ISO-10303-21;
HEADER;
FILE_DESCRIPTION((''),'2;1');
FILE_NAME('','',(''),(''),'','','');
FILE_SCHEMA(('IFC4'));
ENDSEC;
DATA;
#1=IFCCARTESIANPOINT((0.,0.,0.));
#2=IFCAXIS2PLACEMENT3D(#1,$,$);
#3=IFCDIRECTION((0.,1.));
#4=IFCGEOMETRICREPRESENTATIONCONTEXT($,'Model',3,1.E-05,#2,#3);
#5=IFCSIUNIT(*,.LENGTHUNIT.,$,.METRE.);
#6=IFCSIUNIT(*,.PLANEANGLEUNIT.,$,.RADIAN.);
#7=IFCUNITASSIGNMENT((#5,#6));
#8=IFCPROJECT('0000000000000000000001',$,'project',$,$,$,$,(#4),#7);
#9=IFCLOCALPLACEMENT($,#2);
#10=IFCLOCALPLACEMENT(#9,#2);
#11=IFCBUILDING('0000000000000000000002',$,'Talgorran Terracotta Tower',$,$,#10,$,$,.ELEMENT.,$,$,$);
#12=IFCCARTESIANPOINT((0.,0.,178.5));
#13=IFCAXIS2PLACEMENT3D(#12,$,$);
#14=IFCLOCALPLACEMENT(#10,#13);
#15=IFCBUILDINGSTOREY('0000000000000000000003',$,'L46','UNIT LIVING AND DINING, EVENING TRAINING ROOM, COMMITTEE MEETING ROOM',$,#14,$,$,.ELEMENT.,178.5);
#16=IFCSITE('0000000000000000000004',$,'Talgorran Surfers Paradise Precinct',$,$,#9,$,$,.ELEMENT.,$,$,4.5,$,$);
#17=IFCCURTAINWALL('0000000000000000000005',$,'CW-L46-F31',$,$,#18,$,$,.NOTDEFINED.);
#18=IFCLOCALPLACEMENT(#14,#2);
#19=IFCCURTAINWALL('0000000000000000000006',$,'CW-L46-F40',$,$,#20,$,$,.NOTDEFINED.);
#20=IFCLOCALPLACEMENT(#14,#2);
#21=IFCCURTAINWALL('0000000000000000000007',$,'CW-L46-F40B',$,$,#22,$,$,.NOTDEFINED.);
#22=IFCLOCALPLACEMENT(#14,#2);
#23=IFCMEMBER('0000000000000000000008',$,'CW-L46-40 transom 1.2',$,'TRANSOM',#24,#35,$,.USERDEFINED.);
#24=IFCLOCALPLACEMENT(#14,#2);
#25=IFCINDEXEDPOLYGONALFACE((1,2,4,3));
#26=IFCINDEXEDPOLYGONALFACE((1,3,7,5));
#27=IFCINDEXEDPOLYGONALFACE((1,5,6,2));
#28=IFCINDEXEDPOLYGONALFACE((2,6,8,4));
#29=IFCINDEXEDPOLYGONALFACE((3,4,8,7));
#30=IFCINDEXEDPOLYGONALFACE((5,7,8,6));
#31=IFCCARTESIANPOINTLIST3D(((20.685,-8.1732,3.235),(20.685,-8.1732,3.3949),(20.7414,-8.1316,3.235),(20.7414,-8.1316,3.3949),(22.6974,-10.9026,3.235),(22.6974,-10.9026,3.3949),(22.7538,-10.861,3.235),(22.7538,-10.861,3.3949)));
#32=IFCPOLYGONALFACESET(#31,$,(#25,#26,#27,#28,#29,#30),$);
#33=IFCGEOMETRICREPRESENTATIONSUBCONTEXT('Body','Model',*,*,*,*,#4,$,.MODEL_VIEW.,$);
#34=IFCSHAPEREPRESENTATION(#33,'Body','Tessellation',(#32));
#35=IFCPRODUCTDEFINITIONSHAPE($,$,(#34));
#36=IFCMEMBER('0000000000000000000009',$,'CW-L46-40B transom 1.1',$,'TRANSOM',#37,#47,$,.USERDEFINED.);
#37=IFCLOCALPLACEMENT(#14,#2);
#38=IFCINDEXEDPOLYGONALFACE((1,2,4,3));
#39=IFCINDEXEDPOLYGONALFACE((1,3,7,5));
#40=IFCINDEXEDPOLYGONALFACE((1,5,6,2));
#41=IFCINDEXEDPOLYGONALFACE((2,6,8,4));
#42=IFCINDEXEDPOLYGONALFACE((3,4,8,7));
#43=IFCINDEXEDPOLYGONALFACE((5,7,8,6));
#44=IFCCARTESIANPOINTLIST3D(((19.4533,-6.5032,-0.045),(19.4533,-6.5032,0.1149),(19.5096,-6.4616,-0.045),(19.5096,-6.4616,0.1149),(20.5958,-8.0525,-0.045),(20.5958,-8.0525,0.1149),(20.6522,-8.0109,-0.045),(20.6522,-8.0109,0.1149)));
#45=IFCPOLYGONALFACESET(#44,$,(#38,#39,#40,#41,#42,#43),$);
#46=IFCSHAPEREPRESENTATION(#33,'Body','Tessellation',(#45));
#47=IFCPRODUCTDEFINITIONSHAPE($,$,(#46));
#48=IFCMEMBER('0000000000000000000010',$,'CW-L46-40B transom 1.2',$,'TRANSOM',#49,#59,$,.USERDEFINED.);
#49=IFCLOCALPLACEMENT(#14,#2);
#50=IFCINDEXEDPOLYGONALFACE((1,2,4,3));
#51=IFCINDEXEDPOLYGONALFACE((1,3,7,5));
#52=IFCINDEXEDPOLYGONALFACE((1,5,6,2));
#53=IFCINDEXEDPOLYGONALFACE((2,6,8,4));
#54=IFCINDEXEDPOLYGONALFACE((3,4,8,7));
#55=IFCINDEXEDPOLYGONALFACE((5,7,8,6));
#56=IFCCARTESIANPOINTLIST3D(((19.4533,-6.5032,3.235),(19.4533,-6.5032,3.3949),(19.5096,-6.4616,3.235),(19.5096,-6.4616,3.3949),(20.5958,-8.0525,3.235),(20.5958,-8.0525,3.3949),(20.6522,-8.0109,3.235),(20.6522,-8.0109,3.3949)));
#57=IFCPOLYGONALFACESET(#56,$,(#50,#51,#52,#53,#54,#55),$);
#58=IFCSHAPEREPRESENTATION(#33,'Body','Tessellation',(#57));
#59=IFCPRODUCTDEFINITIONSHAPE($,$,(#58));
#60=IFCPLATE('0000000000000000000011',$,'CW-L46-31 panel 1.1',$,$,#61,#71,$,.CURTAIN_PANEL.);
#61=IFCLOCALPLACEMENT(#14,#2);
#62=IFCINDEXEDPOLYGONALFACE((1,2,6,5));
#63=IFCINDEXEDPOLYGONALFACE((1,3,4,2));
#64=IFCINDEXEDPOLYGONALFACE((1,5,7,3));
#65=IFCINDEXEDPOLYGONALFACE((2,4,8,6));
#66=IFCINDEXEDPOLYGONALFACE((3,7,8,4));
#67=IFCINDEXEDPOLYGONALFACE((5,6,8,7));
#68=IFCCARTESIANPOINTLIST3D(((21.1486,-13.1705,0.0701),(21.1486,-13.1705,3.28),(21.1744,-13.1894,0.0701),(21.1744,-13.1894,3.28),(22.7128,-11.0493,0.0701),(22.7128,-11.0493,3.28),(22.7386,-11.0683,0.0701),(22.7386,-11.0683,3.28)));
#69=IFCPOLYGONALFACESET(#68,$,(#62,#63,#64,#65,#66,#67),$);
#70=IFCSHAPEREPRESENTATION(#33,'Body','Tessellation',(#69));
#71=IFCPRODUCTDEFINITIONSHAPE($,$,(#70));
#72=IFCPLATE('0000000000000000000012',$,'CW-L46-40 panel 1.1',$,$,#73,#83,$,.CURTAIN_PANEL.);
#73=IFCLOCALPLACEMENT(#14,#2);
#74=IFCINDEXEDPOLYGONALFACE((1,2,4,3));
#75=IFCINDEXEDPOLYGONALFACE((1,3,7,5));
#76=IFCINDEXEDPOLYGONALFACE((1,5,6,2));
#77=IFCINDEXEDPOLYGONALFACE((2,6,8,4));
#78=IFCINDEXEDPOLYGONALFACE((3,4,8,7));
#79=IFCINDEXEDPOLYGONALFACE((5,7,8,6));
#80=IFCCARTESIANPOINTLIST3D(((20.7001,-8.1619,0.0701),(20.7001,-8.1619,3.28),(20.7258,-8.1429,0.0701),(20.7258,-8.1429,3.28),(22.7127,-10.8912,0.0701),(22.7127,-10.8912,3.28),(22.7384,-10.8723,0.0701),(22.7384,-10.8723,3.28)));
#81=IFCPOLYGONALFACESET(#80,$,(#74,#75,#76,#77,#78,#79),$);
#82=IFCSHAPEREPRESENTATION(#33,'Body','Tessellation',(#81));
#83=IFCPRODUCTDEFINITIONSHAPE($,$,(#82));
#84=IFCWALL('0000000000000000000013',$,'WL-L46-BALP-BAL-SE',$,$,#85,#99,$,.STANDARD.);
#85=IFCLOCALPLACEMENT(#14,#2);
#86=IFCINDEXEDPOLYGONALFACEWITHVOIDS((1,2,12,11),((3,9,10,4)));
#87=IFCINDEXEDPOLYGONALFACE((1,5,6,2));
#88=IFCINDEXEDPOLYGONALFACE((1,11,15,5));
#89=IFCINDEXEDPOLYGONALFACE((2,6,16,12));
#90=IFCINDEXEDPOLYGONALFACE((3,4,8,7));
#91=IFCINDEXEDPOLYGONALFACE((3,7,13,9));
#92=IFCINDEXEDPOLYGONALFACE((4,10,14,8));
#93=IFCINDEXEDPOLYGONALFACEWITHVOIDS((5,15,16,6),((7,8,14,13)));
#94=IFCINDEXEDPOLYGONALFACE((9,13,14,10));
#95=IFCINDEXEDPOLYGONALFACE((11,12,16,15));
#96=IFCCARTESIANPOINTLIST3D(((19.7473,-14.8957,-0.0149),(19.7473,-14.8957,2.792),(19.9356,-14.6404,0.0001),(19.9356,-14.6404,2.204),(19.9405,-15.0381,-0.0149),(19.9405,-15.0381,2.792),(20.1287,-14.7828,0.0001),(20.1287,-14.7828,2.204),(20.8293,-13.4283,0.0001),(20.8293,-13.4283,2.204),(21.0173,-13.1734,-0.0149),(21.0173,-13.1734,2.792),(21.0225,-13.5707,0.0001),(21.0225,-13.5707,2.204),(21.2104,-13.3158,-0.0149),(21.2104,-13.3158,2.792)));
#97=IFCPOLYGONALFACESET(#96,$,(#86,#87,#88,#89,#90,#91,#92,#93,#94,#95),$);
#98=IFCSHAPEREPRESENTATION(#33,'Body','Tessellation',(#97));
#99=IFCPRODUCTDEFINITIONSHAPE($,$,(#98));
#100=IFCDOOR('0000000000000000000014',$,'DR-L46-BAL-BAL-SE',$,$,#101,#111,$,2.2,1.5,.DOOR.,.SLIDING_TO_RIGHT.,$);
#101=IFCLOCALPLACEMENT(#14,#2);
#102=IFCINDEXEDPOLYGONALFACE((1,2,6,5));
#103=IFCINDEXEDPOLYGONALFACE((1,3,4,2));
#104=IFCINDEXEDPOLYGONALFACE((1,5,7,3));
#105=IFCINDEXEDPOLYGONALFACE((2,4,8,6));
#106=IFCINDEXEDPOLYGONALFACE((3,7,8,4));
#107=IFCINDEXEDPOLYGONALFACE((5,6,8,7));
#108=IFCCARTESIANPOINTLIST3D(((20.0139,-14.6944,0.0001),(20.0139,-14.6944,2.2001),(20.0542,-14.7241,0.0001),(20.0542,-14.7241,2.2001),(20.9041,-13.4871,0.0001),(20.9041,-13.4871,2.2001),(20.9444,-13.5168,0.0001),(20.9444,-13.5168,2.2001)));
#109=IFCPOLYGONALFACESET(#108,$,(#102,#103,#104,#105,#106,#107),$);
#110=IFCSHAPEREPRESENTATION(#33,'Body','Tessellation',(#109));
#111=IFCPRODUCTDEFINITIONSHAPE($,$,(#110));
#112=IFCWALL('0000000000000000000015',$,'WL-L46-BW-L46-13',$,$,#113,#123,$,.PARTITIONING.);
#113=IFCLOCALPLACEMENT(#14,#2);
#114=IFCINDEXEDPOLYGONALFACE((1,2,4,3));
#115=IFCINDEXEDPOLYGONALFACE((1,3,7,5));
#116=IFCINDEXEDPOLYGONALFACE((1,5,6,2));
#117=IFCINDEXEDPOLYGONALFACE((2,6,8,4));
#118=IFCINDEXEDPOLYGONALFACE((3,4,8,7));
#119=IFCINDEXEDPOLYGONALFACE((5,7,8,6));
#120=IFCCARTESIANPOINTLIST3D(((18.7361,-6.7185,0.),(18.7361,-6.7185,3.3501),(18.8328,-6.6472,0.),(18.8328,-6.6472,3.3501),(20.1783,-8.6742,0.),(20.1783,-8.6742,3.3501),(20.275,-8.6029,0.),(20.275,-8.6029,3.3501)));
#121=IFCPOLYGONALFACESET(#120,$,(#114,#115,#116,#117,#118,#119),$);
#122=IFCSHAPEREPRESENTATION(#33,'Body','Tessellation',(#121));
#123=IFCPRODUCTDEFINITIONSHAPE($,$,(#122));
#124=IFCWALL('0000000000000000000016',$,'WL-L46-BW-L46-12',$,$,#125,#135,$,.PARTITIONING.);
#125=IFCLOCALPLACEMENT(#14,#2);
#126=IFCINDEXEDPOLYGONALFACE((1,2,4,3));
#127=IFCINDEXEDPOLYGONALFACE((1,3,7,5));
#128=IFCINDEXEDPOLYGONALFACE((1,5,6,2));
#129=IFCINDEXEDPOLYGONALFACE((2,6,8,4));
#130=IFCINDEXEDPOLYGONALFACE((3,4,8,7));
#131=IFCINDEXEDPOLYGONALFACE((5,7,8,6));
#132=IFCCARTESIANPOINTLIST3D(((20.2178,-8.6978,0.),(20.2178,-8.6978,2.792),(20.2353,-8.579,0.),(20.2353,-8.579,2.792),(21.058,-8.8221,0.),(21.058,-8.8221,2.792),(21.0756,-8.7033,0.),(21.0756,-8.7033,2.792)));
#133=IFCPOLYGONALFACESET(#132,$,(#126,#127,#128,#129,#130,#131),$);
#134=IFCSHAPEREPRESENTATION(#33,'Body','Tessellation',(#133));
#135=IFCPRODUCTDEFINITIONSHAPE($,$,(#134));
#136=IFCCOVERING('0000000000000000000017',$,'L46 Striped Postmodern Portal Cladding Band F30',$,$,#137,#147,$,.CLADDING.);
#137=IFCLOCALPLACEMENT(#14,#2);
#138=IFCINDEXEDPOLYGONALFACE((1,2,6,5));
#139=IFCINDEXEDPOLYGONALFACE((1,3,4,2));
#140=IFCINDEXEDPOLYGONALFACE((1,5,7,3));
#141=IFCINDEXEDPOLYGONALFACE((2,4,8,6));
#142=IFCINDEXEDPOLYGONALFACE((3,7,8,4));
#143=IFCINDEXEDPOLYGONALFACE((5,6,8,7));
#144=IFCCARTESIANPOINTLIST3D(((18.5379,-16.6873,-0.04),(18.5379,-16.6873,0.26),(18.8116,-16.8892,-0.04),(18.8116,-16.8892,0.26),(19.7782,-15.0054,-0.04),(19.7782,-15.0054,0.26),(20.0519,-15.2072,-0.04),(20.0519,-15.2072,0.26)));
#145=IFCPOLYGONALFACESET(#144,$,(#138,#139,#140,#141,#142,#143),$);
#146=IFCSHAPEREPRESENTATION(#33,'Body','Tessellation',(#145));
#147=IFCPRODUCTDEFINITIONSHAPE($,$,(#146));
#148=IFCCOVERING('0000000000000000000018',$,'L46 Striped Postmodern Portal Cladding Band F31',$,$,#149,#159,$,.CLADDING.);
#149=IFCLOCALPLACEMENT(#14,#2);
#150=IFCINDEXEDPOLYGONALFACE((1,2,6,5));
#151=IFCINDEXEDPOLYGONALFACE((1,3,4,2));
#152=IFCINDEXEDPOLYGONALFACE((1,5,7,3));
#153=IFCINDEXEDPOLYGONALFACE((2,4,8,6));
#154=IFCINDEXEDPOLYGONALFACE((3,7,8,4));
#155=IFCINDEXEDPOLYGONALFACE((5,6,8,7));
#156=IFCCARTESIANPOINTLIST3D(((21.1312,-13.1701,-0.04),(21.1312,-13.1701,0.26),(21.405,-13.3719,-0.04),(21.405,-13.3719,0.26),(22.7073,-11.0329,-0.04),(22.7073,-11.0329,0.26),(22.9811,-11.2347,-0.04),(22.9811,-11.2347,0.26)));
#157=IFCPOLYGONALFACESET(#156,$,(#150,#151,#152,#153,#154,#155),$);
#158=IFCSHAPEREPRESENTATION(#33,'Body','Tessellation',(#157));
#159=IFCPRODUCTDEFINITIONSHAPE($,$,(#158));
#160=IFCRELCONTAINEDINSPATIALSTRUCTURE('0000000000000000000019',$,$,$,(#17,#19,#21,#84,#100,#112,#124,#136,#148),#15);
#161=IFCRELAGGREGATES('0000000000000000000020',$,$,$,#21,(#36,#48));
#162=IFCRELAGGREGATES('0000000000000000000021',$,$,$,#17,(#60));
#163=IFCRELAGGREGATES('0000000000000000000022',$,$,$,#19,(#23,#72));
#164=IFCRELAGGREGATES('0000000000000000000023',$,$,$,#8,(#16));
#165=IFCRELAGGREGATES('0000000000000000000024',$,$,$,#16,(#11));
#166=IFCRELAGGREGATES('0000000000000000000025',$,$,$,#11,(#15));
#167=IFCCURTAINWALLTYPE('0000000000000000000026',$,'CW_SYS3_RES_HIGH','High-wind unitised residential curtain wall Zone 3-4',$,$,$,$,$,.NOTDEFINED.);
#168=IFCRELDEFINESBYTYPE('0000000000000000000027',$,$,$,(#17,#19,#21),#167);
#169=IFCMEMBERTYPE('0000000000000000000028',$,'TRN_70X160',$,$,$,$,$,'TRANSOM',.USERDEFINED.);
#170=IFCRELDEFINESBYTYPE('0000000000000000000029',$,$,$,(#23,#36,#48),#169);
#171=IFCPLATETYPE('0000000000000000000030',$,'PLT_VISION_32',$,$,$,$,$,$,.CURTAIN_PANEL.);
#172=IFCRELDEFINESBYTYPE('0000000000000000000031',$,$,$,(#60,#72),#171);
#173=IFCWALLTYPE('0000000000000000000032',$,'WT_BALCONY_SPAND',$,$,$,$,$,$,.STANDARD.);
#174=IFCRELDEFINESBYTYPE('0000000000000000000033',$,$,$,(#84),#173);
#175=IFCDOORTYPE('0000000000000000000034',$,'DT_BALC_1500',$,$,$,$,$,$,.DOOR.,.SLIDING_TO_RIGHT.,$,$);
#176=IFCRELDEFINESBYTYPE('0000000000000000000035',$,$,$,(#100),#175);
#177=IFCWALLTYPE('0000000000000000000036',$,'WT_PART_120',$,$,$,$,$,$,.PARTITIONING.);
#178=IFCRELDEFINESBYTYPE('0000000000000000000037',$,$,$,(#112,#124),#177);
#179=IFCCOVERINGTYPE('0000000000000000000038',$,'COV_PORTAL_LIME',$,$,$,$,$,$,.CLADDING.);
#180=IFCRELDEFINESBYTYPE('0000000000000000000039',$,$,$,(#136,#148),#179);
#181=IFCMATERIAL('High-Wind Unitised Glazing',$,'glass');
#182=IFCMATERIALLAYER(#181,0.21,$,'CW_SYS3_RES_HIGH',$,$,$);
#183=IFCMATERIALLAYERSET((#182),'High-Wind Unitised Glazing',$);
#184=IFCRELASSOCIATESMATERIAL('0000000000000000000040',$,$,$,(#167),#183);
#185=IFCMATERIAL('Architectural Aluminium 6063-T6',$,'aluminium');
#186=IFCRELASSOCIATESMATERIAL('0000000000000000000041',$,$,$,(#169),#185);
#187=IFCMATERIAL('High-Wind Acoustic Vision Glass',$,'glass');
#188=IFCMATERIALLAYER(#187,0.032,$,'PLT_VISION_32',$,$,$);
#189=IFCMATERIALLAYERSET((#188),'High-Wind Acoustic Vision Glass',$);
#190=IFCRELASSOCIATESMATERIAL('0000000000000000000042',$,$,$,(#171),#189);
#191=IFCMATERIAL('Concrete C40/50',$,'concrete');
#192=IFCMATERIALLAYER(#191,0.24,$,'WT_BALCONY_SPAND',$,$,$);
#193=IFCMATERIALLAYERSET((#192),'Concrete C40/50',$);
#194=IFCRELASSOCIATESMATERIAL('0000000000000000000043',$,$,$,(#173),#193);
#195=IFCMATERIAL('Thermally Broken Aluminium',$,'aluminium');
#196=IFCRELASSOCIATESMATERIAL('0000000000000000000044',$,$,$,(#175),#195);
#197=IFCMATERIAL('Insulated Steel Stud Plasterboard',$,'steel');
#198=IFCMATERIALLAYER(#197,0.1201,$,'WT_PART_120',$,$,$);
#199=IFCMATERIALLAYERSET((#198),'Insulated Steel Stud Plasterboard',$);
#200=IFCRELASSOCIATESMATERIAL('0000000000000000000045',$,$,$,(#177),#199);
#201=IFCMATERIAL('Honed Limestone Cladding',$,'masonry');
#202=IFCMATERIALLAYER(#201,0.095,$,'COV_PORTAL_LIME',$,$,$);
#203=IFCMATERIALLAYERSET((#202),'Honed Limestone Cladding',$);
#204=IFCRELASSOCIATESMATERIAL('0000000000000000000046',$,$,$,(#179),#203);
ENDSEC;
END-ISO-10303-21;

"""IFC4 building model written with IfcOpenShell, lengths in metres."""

from ifc_helpers import new_model, si_unit, direction, frame, frame_2d, origin, origin_2d, place, context, subcontext, project, spatial, rectangle, extrude, source, transform, mapped, material, layer, layer_set, material_profile, profile_set, type_object, type_shapes, element, fill, aggregate, save


model = new_model("IFC4")

# Units and contexts
model_context = context("Model", 3, precision=1e-05, world=origin(), true_north=direction((0.0, 1.0)))
body_context = subcontext(model_context, "Body", "Model", "MODEL_VIEW")
ifc_project = project(units=[si_unit("LENGTHUNIT", "METRE"), si_unit("PLANEANGLEUNIT", "RADIAN")], contexts=[model_context])

# Site, building, storey
site_placement = place(None, origin())
site = spatial("IfcSite", under=ifc_project, at=site_placement, Name="Talgorran Surfers Paradise Precinct", CompositionType="ELEMENT", RefElevation=4.5)
building_placement = place(site_placement, origin())
building = spatial("IfcBuilding", under=site, at=building_placement, Name="Talgorran Terracotta Tower", CompositionType="ELEMENT")
storey_placement = place(building_placement, frame((0.0, 0.0, 178.5)))
storey = spatial("IfcBuildingStorey", under=building, at=storey_placement, Name="L46", Description="UNIT LIVING AND DINING, EVENING TRAINING ROOM, COMMITTEE MEETING ROOM", CompositionType="ELEMENT", Elevation=178.5)

# Shared definitions
ifc_material_1 = material(Name="High-Wind Unitised Glazing", Category="glass")
ifc_layer_1 = layer(ifc_material_1, 0.21, Name="CW_SYS3_RES_HIGH")
ifc_layer_set_1 = layer_set([ifc_layer_1], Name="High-Wind Unitised Glazing")
curtain_wall_type = type_object("IfcCurtainWallType", Name="CW_SYS3_RES_HIGH", Description="High-wind unitised residential curtain wall Zone 3-4", PredefinedType="NOTDEFINED", material=ifc_layer_set_1)
ifc_material_2 = material(Name="Architectural Aluminium 6063-T6", Category="aluminium")

# Curtain walls
curtain_wall_1_placement = place(storey_placement, origin())
curtain_wall_1 = element("IfcCurtainWall", 1, at=curtain_wall_1_placement, inside=storey, type_object=curtain_wall_type, Name="CW-L46-F31", PredefinedType="NOTDEFINED")
curtain_wall_2_placement = place(storey_placement, origin())
curtain_wall_2 = element("IfcCurtainWall", 2, at=curtain_wall_2_placement, inside=storey, type_object=curtain_wall_type, Name="CW-L46-F40", PredefinedType="NOTDEFINED")

# Curtain wall
curtain_wall_3_placement = place(storey_placement, origin())
curtain_wall_3 = element("IfcCurtainWall", 3, at=curtain_wall_3_placement, inside=storey, type_object=curtain_wall_type, Name="CW-L46-F40B", PredefinedType="NOTDEFINED")

# Members
ifc_material_profile_1 = material_profile(ifc_material_2, rectangle(XDim=0.0701, YDim=0.1599, at=origin_2d()), Name="CWT70X160")
ifc_profile_set_1 = profile_set([ifc_material_profile_1], Name="Architectural Aluminium 6063-T6")
member_type_1 = type_object("IfcMemberType", Name="TRN_70X160", ElementType="TRANSOM", PredefinedType="USERDEFINED", material=ifc_profile_set_1)
member_1_placement = place(storey_placement, frame((22.7256, -10.8818, 3.3149), z_axis=(-0.593437, 0.80488, 0.0), x_axis=(-0.80488, -0.593437, 0.0)))
member_1 = element("IfcMember", 4, at=member_1_placement, type_object=member_type_1, Name="CW-L46-40 transom 1.2", ObjectType="TRANSOM", PredefinedType="USERDEFINED", context=body_context, shape_type="SweptSolid", body=[
    extrude(rectangle(XDim=0.0701, YDim=0.1599, at=origin_2d()), origin(), (0.0, 0.0, 1.0), 3.3911),
])
member_2_placement = place(storey_placement, frame((20.624, -8.0317, 0.0349), z_axis=(-0.593528, 0.804814, 0.0), x_axis=(-0.804814, -0.593528, 0.0)))
member_2 = element("IfcMember", 5, at=member_2_placement, type_object=member_type_1, Name="CW-L46-40B transom 1.1", ObjectType="TRANSOM", PredefinedType="USERDEFINED", context=body_context, shape_type="SweptSolid", body=[
    extrude(rectangle(XDim=0.0701, YDim=0.1599, at=origin_2d()), origin(), (0.0, 0.0, 1.0), 1.925),
])
member_3_placement = place(storey_placement, frame((20.624, -8.0317, 3.3149), z_axis=(-0.593528, 0.804814, 0.0), x_axis=(-0.804814, -0.593528, 0.0)))
member_3 = element("IfcMember", 6, at=member_3_placement, type_object=member_type_1, Name="CW-L46-40B transom 1.2", ObjectType="TRANSOM", PredefinedType="USERDEFINED", context=body_context, shape_type="SweptSolid", body=[
    extrude(rectangle(XDim=0.0701, YDim=0.1599, at=origin_2d()), origin(), (0.0, 0.0, 1.0), 1.925),
])
aggregate(curtain_wall_3, [member_2, member_3])

# Plates
ifc_material_3 = material(Name="High-Wind Acoustic Vision Glass", Category="glass")
ifc_layer_2 = layer(ifc_material_3, 0.032, Name="PLT_VISION_32")
ifc_layer_set_2 = layer_set([ifc_layer_2], Name="High-Wind Acoustic Vision Glass")
plate_type = type_object("IfcPlateType", Name="PLT_VISION_32", PredefinedType="CURTAIN_PANEL", material=ifc_layer_set_2)
shared_shape_1 = source(origin(), body_context, "Body", "SweptSolid", [
    extrude(rectangle(XDim=2.6355, YDim=0.032, at=origin_2d()), origin(), (0.0, 0.0, 1.0), 3.21),
])
plate_1_placement = place(storey_placement, frame((21.9436, -12.1194, 0.0701), z_axis=(0.0, 0.0, 1.0), x_axis=(0.593512, 0.804825, 0.0)))
plate_1 = element("IfcPlate", 7, at=plate_1_placement, type_object=plate_type, Name="CW-L46-31 panel 1.1", PredefinedType="CURTAIN_PANEL", context=body_context, shape_type="MappedRepresentation", body=[
    mapped(shared_shape_1, transform((0.0, 0.0, 0.0), scale=1.0)),
])
aggregate(curtain_wall_1, [plate_1])
shared_shape_2 = source(origin(), body_context, "Body", "SweptSolid", [
    extrude(rectangle(XDim=3.3911, YDim=0.032, at=origin_2d()), origin(), (0.0, 0.0, 1.0), 3.21),
])
type_shapes(plate_type, [shared_shape_1, shared_shape_2])
plate_2_placement = place(storey_placement, frame((21.7192, -9.5171, 0.0701), z_axis=(0.0, 0.0, 1.0), x_axis=(-0.593492, 0.80484, 0.0)))
plate_2 = element("IfcPlate", 8, at=plate_2_placement, type_object=plate_type, Name="CW-L46-40 panel 1.1", PredefinedType="CURTAIN_PANEL", context=body_context, shape_type="MappedRepresentation", body=[
    mapped(shared_shape_2, transform((0.0, 0.0, 0.0), scale=1.0)),
])
aggregate(curtain_wall_2, [member_1, plate_2])

# Wall, opening, door
ifc_material_4 = material(Name="Concrete C40/50", Category="concrete")
ifc_layer_3 = layer(ifc_material_4, 0.24, Name="WT_BALCONY_SPAND")
ifc_layer_set_3 = layer_set([ifc_layer_3], Name="Concrete C40/50")
wall_type_1 = type_object("IfcWallType", Name="WT_BALCONY_SPAND", PredefinedType="STANDARD", material=ifc_layer_set_3)
wall_1_placement = place(storey_placement, frame((19.844, -14.9668, -0.0149), z_axis=(0.0, 0.0, 1.0), x_axis=(0.593464, 0.804861, 0.0)))
wall_1 = element("IfcWall", 9, at=wall_1_placement, inside=storey, type_object=wall_type_1, Name="WL-L46-BALP-BAL-SE", PredefinedType="STANDARD", context=body_context, shape_type="SweptSolid", body=[
    extrude(rectangle(XDim=2.1399, YDim=0.24, at=frame_2d((1.0698, 0.0))), origin(), (0.0, 0.0, 1.0), 2.8069),
])
opening_placement = place(wall_1_placement, frame((0.3201, 0.0, 0.0149)))
opening = element("IfcOpeningElement", 10, at=opening_placement, cuts=wall_1, PredefinedType="OPENING", context=body_context, shape_type="SweptSolid", body=[
    extrude(rectangle(XDim=1.506, YDim=2.204, at=frame_2d((0.75, 1.1021))), frame((0.0, 0.1299, 0.0), z_axis=(0.0, -1.0, 0.0), x_axis=(1.0, 0.0, 0.0)), (0.0, 0.0, 1.0), 0.26),
])
ifc_material_5 = material(Name="Thermally Broken Aluminium", Category="aluminium")
door_type = type_object("IfcDoorType", Name="DT_BALC_1500", OperationType="SLIDING_TO_RIGHT", PredefinedType="DOOR", material=ifc_material_5)
door_placement = place(opening_placement, origin())
door = element("IfcDoor", 11, at=door_placement, inside=storey, type_object=door_type, Name="DR-L46-BAL-BAL-SE", OperationType="SLIDING_TO_RIGHT", OverallHeight=2.2, OverallWidth=1.5, PredefinedType="DOOR", context=body_context, shape_type="SweptSolid", body=[
    extrude(rectangle(XDim=1.5, YDim=2.2, at=frame_2d((0.75, 1.1001))), frame((0.0, 0.0249, 0.0), z_axis=(0.0, -1.0, 0.0), x_axis=(1.0, 0.0, 0.0)), (0.0, 0.0, 1.0), 0.05),
])
fill(opening, door)

# Walls
ifc_material_6 = material(Name="Insulated Steel Stud Plasterboard", Category="steel")
ifc_layer_4 = layer(ifc_material_6, 0.1201, Name="WT_PART_120")
ifc_layer_set_4 = layer_set([ifc_layer_4], Name="Insulated Steel Stud Plasterboard")
wall_type_2 = type_object("IfcWallType", Name="WT_PART_120", PredefinedType="PARTITIONING", material=ifc_layer_set_4)
wall_2_placement = place(storey_placement, frame((20.2266, -8.6384, 0.0), z_axis=(0.0, 0.0, 1.0), x_axis=(-0.593518, 0.804821, 0.0)))
element("IfcWall", 12, at=wall_2_placement, inside=storey, type_object=wall_type_2, Name="WL-L46-BW-L46-13", PredefinedType="PARTITIONING", context=body_context, shape_type="SweptSolid", body=[
    extrude(rectangle(XDim=2.4299, YDim=0.1201, at=frame_2d((1.2148, 0.0))), origin(), (0.0, 0.0, 1.0), 3.3501),
])
wall_3_placement = place(storey_placement, frame((21.0669, -8.7627, 0.0), z_axis=(0.0, 0.0, 1.0), x_axis=(-0.989242, 0.146288, 0.0)))
element("IfcWall", 13, at=wall_3_placement, inside=storey, type_object=wall_type_2, Name="WL-L46-BW-L46-12", PredefinedType="PARTITIONING", context=body_context, shape_type="SweptSolid", body=[
    extrude(rectangle(XDim=0.8494, YDim=0.1201, at=frame_2d((0.4248, 0.0))), origin(), (0.0, 0.0, 1.0), 2.792),
])

# Coverings
ifc_material_7 = material(Name="Honed Limestone Cladding", Category="masonry")
ifc_layer_5 = layer(ifc_material_7, 0.095, Name="COV_PORTAL_LIME")
ifc_layer_set_5 = layer_set([ifc_layer_5], Name="Honed Limestone Cladding")
covering_type = type_object("IfcCoveringType", Name="COV_PORTAL_LIME", PredefinedType="CLADDING", material=ifc_layer_set_5)
covering_1_placement = place(storey_placement, frame((19.2949, -15.9473, -0.04), z_axis=(0.0, 0.0, 1.0), x_axis=(0.593503, 0.804832, 0.0)))
element("IfcCovering", 14, at=covering_1_placement, inside=storey, type_object=covering_type, Name="L46 Striped Postmodern Portal Cladding Band F30", PredefinedType="CLADDING", context=body_context, shape_type="SweptSolid", body=[
    extrude(rectangle(XDim=2.0898, YDim=0.3401, at=origin_2d()), origin(), (0.0, 0.0, 1.0), 0.3),
])
covering_2_placement = place(storey_placement, frame((22.0562, -12.2024, -0.04), z_axis=(0.0, 0.0, 1.0), x_axis=(0.593517, 0.804821, 0.0)))
element("IfcCovering", 15, at=covering_2_placement, inside=storey, type_object=covering_type, Name="L46 Striped Postmodern Portal Cladding Band F31", PredefinedType="CLADDING", context=body_context, shape_type="SweptSolid", body=[
    extrude(rectangle(XDim=2.6555, YDim=0.3401, at=origin_2d()), origin(), (0.0, 0.0, 1.0), 0.3),
])

save(model, "model.ifc")
